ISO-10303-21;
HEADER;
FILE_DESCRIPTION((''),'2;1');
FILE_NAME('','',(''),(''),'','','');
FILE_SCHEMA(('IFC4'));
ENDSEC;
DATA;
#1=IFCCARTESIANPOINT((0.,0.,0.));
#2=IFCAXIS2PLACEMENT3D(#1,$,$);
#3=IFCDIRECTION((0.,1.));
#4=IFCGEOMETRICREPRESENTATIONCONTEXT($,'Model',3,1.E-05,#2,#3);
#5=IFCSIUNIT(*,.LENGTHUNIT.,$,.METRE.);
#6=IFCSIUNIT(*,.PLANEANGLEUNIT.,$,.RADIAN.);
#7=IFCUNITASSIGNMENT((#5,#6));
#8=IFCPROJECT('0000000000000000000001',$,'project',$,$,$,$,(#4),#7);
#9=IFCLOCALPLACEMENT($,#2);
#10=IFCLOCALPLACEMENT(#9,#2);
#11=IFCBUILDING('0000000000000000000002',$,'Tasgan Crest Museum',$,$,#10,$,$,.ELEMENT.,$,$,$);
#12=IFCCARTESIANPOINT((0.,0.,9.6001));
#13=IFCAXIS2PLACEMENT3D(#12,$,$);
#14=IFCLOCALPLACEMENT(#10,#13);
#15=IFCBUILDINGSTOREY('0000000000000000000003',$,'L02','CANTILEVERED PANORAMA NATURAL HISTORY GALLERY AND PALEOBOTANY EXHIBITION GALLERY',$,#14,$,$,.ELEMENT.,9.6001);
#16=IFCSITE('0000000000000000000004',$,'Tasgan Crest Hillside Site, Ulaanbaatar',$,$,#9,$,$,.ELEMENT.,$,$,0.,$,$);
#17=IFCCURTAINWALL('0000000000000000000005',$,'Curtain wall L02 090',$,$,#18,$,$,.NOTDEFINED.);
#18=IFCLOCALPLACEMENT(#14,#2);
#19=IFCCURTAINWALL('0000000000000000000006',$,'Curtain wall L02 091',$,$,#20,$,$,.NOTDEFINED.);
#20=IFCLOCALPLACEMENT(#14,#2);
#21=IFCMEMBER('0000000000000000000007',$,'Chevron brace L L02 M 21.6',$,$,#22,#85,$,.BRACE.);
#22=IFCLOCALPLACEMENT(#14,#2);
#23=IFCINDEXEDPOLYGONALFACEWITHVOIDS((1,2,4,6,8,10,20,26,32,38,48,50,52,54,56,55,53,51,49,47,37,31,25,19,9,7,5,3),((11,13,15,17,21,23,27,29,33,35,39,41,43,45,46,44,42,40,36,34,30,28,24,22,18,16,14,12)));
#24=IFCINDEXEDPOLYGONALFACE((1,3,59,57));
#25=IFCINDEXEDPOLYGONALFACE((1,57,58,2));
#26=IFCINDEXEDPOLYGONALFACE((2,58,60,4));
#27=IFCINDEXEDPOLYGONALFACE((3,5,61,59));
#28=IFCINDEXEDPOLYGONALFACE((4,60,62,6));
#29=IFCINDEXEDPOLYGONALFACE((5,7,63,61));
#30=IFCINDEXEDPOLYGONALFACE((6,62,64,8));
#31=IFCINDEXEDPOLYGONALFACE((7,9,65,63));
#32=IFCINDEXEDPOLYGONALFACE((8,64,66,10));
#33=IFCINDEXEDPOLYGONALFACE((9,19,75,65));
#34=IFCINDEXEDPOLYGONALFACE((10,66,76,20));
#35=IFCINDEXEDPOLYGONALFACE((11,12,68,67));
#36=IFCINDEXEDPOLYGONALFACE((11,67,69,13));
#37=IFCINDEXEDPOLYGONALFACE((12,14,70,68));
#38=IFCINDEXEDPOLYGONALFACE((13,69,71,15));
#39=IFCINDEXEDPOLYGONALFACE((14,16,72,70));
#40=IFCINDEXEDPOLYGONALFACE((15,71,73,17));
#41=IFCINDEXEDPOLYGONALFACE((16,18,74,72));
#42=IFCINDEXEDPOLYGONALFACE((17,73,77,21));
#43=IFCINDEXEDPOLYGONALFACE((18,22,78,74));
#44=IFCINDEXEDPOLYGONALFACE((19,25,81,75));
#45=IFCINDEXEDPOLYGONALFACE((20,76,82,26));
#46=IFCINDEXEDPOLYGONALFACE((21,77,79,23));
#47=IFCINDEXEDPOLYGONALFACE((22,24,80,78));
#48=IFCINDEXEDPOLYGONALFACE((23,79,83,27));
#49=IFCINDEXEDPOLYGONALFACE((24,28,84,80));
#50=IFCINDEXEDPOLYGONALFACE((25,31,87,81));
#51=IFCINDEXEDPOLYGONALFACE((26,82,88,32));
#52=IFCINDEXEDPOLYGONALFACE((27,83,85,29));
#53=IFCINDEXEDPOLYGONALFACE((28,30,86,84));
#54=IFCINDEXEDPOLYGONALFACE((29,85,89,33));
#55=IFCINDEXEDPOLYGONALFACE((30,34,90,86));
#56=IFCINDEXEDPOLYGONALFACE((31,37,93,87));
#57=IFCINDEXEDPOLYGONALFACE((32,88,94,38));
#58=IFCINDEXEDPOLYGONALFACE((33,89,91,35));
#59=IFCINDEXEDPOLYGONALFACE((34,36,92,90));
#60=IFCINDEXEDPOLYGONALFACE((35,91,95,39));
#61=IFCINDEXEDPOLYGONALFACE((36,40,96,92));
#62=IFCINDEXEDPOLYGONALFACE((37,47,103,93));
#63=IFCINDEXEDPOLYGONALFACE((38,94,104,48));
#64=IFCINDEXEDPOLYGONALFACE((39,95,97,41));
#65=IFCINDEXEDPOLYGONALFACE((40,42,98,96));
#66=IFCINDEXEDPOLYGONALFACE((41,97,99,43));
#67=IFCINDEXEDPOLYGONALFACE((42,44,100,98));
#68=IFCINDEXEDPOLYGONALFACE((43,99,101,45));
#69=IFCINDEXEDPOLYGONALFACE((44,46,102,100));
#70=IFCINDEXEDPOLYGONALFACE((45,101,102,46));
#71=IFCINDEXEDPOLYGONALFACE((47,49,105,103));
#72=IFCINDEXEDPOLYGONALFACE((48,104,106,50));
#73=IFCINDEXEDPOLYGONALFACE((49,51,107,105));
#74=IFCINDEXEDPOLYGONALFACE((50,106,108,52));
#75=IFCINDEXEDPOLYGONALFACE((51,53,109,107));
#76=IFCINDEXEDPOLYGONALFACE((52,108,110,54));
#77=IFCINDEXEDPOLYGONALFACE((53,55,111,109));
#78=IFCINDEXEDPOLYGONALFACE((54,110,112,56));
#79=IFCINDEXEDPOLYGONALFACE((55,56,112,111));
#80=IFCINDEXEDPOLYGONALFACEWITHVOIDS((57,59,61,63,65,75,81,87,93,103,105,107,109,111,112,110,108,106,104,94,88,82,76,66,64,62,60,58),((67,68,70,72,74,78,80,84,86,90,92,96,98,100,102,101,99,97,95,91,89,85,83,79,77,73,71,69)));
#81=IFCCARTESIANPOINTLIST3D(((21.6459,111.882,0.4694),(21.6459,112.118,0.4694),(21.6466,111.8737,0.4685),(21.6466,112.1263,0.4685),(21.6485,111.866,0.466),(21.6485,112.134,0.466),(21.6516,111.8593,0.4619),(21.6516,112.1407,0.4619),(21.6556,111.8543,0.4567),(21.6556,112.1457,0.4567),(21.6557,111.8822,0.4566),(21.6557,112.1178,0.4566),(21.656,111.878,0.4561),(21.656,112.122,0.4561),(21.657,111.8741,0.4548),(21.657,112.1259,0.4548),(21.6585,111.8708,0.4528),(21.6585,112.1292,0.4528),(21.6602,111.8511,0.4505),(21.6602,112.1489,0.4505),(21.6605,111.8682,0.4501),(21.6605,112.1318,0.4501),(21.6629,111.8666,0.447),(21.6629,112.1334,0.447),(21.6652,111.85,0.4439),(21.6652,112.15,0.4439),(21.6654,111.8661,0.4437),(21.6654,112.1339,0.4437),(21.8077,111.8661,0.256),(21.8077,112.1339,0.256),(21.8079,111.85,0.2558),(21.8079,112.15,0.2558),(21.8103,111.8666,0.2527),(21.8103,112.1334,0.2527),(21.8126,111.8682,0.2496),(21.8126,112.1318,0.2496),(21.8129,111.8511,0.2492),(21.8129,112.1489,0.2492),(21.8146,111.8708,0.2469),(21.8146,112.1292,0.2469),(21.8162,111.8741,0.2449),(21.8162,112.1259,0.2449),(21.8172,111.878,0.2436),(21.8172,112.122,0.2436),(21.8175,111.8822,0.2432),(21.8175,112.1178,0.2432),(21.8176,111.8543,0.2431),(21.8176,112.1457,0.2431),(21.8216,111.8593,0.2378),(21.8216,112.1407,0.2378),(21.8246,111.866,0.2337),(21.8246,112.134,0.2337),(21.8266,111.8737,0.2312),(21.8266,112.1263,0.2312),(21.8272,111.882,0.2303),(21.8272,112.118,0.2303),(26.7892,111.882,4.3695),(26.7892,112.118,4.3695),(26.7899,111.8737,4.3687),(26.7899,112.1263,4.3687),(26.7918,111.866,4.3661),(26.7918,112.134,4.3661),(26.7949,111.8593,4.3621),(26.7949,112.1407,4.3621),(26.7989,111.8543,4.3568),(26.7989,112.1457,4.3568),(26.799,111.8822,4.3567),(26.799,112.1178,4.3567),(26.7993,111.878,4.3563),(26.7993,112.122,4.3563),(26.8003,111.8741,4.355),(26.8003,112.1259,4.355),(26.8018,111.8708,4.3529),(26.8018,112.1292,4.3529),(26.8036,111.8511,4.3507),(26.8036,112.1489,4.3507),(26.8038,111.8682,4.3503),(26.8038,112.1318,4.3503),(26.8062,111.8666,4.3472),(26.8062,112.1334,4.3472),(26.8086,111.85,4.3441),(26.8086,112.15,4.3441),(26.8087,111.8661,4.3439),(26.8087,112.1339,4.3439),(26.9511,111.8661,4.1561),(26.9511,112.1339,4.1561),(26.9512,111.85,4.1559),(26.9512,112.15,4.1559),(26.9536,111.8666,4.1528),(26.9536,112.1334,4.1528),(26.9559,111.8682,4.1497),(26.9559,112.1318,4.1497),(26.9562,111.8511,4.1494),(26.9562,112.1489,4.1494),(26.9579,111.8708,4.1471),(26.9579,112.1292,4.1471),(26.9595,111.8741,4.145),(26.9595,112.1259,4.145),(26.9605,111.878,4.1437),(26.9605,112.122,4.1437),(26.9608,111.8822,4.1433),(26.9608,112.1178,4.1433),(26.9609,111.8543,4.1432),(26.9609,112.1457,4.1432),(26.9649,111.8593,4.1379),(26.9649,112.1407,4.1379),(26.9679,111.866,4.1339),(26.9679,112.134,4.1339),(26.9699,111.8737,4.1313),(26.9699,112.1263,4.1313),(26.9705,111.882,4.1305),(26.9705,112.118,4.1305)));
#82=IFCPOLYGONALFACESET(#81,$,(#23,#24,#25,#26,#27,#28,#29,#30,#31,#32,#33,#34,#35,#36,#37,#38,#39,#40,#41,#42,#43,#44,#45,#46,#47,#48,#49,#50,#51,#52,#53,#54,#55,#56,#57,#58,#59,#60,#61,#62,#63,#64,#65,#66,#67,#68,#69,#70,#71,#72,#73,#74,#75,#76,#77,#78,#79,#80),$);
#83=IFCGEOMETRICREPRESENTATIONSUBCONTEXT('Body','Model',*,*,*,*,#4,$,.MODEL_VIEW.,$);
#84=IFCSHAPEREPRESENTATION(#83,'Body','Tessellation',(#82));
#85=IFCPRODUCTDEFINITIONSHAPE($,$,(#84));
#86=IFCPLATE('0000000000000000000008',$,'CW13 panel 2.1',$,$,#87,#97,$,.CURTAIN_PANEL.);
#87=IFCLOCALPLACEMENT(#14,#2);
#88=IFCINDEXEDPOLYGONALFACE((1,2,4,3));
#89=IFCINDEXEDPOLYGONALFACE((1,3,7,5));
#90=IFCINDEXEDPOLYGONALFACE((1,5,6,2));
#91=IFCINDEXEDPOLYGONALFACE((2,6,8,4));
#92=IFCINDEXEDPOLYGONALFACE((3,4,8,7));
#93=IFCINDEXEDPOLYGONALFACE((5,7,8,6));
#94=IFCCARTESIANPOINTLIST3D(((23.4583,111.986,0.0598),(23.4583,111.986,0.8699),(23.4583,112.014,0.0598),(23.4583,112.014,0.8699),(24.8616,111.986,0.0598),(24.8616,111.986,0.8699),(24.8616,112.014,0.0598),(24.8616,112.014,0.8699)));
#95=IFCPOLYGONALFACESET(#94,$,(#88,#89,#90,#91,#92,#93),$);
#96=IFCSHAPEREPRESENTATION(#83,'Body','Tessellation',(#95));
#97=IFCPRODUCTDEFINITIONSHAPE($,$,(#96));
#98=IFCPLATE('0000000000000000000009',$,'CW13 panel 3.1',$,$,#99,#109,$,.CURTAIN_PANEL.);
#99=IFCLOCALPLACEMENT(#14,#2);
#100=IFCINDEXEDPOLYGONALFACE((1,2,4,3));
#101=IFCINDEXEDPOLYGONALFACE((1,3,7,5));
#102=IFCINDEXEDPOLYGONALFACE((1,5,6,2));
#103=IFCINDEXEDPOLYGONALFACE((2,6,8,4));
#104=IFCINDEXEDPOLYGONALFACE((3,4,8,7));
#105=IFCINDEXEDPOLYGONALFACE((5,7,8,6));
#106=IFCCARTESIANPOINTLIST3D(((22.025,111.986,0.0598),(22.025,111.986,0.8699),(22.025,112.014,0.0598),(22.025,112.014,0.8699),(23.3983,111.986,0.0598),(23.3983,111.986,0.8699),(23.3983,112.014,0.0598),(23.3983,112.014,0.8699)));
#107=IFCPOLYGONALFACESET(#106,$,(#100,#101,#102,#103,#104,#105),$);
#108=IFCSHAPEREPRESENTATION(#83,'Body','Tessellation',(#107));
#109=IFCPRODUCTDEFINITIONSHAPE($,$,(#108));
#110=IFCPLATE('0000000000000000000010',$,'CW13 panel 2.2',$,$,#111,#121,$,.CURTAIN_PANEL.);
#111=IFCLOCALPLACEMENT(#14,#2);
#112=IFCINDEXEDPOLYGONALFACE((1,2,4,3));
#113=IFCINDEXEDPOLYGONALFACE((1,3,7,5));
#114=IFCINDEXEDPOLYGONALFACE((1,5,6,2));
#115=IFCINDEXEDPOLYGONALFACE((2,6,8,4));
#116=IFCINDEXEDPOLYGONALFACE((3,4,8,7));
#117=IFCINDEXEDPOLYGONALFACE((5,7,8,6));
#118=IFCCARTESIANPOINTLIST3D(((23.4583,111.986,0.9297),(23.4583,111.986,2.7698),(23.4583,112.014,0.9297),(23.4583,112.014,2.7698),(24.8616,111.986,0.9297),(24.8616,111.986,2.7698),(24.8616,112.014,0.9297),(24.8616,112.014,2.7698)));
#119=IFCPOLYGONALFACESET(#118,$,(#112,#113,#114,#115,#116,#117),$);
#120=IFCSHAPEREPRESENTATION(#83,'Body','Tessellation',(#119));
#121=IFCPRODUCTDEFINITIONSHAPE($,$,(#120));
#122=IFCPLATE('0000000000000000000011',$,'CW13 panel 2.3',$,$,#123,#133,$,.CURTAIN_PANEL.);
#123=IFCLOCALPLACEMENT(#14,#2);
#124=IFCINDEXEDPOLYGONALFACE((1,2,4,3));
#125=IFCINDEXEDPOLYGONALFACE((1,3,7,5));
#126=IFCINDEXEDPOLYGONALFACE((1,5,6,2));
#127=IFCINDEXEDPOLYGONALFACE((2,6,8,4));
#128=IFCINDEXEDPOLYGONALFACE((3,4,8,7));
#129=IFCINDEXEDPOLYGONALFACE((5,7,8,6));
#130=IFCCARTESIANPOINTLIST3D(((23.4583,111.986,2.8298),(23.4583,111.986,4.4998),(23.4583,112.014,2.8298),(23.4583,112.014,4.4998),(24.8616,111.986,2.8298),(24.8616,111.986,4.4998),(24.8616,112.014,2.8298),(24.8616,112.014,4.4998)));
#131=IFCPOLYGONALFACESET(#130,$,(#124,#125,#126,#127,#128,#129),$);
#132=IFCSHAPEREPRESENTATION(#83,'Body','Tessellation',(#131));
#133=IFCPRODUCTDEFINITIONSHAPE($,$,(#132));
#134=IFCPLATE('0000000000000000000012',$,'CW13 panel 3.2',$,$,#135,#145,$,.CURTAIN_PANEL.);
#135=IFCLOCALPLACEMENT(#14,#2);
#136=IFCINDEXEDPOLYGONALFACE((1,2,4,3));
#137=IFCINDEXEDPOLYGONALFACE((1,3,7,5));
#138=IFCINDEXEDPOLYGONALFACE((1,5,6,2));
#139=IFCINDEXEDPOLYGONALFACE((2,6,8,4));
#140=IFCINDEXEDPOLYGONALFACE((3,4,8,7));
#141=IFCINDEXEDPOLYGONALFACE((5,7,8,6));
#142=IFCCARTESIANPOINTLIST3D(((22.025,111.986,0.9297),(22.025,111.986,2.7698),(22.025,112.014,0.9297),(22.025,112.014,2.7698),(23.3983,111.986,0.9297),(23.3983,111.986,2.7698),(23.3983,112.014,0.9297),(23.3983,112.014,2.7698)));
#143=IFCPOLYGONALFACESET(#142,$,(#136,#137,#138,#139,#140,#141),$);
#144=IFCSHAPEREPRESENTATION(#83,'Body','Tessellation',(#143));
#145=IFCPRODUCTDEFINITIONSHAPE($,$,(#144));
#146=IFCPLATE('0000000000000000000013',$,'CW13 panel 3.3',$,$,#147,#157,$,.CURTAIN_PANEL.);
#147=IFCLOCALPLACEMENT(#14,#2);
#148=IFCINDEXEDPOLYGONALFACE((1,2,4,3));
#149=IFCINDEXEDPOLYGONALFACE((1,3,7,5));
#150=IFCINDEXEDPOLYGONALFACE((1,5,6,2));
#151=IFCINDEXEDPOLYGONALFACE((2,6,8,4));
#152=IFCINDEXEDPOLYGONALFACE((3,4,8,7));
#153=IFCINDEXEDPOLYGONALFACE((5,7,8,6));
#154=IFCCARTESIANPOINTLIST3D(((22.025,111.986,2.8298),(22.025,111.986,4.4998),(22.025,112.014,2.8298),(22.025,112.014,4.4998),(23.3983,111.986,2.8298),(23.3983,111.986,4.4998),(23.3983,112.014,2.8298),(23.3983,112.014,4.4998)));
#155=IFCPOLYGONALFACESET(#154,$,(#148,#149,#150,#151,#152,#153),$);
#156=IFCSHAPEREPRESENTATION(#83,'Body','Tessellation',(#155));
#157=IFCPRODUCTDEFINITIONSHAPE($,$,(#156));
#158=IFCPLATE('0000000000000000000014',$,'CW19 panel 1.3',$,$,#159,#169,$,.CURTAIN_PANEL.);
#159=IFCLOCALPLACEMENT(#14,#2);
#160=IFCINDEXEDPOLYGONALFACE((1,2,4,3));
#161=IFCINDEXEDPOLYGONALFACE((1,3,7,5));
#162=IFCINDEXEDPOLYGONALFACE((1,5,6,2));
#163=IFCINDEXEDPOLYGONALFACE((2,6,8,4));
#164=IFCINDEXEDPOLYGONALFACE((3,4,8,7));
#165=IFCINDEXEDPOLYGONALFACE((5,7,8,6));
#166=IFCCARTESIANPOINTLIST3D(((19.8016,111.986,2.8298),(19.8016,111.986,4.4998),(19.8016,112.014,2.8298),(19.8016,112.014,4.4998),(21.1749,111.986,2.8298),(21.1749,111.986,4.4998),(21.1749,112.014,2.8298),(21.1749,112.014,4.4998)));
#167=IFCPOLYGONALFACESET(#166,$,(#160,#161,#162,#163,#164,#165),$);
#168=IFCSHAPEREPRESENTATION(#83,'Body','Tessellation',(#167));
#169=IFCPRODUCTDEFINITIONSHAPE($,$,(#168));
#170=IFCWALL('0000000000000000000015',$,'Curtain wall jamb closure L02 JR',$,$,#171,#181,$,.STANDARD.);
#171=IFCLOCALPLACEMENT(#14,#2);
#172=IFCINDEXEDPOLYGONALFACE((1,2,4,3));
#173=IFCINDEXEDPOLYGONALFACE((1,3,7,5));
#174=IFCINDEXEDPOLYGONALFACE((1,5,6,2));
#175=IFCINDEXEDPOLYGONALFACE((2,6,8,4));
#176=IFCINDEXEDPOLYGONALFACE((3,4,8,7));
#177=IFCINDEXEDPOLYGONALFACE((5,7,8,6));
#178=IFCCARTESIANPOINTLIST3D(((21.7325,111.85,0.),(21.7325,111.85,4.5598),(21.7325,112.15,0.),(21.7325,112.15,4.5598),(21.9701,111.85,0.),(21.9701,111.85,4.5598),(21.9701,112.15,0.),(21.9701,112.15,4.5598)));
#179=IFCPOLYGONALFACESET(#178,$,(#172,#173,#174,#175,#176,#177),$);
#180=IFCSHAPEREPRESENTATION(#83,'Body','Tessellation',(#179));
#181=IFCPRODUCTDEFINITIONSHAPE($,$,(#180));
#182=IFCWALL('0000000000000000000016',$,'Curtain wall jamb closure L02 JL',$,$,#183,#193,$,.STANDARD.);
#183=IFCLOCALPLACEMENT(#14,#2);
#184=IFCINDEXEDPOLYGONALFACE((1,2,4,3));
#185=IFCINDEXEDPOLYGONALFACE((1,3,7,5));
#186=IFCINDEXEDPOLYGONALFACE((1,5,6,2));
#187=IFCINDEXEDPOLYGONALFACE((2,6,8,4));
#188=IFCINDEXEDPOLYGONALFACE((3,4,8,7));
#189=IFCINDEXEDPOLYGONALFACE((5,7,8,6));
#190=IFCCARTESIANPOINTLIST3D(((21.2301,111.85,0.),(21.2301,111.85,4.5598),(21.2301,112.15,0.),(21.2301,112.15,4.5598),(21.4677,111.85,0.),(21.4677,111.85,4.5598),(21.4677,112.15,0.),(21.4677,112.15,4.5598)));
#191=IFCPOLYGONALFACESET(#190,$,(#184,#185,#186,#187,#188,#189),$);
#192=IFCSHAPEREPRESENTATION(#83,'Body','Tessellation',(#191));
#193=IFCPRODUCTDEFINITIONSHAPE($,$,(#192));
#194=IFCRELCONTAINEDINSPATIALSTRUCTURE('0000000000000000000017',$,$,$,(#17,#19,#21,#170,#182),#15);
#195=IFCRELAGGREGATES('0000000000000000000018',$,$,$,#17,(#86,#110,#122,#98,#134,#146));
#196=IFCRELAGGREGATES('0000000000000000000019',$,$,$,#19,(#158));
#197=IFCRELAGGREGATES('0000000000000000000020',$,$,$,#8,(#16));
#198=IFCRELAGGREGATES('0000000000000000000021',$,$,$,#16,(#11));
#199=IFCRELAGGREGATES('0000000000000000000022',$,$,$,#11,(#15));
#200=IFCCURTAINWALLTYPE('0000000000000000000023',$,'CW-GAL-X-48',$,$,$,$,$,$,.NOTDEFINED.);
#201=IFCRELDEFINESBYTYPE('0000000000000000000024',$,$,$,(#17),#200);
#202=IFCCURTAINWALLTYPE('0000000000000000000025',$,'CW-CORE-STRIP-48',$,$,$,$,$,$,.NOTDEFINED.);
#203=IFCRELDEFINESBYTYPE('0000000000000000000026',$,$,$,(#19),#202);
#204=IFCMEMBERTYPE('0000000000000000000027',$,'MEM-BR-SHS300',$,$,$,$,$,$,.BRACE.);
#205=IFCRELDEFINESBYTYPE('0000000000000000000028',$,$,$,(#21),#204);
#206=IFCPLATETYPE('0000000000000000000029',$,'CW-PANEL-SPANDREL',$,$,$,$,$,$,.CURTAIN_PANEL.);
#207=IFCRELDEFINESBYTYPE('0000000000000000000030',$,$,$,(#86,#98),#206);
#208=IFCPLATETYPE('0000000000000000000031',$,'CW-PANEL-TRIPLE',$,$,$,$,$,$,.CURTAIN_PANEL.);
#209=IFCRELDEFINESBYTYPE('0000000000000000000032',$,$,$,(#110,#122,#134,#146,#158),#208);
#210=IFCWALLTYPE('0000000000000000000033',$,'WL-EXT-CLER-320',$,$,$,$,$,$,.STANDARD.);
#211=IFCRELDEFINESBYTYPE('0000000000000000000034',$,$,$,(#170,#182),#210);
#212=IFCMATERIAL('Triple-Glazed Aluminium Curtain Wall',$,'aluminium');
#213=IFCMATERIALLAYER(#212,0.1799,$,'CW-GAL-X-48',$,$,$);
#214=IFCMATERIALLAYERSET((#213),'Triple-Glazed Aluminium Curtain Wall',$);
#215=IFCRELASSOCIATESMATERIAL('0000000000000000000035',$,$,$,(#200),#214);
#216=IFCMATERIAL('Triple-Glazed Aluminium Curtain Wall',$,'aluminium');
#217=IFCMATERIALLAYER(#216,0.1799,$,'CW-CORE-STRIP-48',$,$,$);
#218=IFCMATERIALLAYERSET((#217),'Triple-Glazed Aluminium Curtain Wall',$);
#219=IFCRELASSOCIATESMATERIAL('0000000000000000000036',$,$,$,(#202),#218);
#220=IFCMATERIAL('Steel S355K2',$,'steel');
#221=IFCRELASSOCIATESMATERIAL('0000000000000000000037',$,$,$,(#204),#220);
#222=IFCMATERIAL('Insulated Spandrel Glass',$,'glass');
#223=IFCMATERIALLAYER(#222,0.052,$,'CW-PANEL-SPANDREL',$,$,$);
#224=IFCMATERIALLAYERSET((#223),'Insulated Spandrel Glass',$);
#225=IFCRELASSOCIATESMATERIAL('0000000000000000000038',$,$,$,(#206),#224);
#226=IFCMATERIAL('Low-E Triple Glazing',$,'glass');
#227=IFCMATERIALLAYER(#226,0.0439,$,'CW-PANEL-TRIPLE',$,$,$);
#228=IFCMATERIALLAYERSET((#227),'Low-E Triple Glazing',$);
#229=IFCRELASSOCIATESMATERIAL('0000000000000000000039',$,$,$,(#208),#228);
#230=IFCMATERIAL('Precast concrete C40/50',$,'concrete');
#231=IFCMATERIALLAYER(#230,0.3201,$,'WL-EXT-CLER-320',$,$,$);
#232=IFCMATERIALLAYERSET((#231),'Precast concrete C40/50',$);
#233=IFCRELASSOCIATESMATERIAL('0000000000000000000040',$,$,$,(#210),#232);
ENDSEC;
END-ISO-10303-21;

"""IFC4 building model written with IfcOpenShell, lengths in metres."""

from ifc_helpers import new_model, si_unit, direction, frame, frame_2d, origin, origin_2d, place, context, subcontext, project, spatial, rectangle, hollow_rectangle, extrude, material, layer, layer_set, material_profile, profile_set, type_object, element, aggregate, save


model = new_model("IFC4")

# Units and contexts
model_context = context("Model", 3, precision=1e-05, world=origin(), true_north=direction((0.0, 1.0)))
body_context = subcontext(model_context, "Body", "Model", "MODEL_VIEW")
ifc_project = project(units=[si_unit("LENGTHUNIT", "METRE"), si_unit("PLANEANGLEUNIT", "RADIAN")], contexts=[model_context])

# Site, building, storey
site_placement = place(None, origin())
site = spatial("IfcSite", under=ifc_project, at=site_placement, Name="Tasgan Crest Hillside Site, Ulaanbaatar", CompositionType="ELEMENT", RefElevation=0.0)
building_placement = place(site_placement, origin())
building = spatial("IfcBuilding", under=site, at=building_placement, Name="Tasgan Crest Museum", CompositionType="ELEMENT")
storey_placement = place(building_placement, frame((0.0, 0.0, 9.6001)))
storey = spatial("IfcBuildingStorey", under=building, at=storey_placement, Name="L02", Description="CANTILEVERED PANORAMA NATURAL HISTORY GALLERY AND PALEOBOTANY EXHIBITION GALLERY", CompositionType="ELEMENT", Elevation=9.6001)

# Curtain wall
ifc_material_1 = material(Name="Triple-Glazed Aluminium Curtain Wall", Category="aluminium")
ifc_layer_1 = layer(ifc_material_1, 0.1799, Name="CW-GAL-X-48")
ifc_layer_set_1 = layer_set([ifc_layer_1], Name="Triple-Glazed Aluminium Curtain Wall")
curtain_wall_type_1 = type_object("IfcCurtainWallType", Name="CW-GAL-X-48", PredefinedType="NOTDEFINED", material=ifc_layer_set_1)
curtain_wall_1_placement = place(storey_placement, origin())
curtain_wall_1 = element("IfcCurtainWall", 1, at=curtain_wall_1_placement, inside=storey, type_object=curtain_wall_type_1, Name="Curtain wall L02 090", PredefinedType="NOTDEFINED")

# Curtain wall
ifc_material_2 = material(Name="Triple-Glazed Aluminium Curtain Wall", Category="aluminium")
ifc_layer_2 = layer(ifc_material_2, 0.1799, Name="CW-CORE-STRIP-48")
ifc_layer_set_2 = layer_set([ifc_layer_2], Name="Triple-Glazed Aluminium Curtain Wall")
curtain_wall_type_2 = type_object("IfcCurtainWallType", Name="CW-CORE-STRIP-48", PredefinedType="NOTDEFINED", material=ifc_layer_set_2)
curtain_wall_2_placement = place(storey_placement, origin())
curtain_wall_2 = element("IfcCurtainWall", 2, at=curtain_wall_2_placement, inside=storey, type_object=curtain_wall_type_2, Name="Curtain wall L02 091", PredefinedType="NOTDEFINED")

# Member
ifc_material_3 = material(Name="Steel S355K2", Category="steel")
ifc_material_profile_1 = material_profile(ifc_material_3, hollow_rectangle(XDim=0.3, YDim=0.3, WallThickness=0.0161, InnerFilletRadius=0.0161, OuterFilletRadius=0.032, at=origin_2d()), Name="SHS 300x300x16")
ifc_profile_set_1 = profile_set([ifc_material_profile_1], Name="Steel S355K2")
member_type_1 = type_object("IfcMemberType", Name="MEM-BR-SHS300", PredefinedType="BRACE", material=ifc_profile_set_1)
member_1_placement = place(storey_placement, frame((21.7366, 112.0, 0.3499), z_axis=(0.796816, 0.0, 0.604222), x_axis=(0.0, 1.0, 0.0)))
element("IfcMember", 3, at=member_1_placement, inside=storey, type_object=member_type_1, Name="Chevron brace L L02 M 21.6", PredefinedType="BRACE", context=body_context, shape_type="SweptSolid", body=[
    extrude(hollow_rectangle(XDim=0.3, YDim=0.3, WallThickness=0.0161, InnerFilletRadius=0.0161, OuterFilletRadius=0.032, at=origin_2d()), origin(), (0.0, 0.0, 1.0), 6.4548),
])

# Plates
ifc_material_4 = material(Name="Insulated Spandrel Glass", Category="glass")
ifc_layer_3 = layer(ifc_material_4, 0.052, Name="CW-PANEL-SPANDREL")
ifc_layer_set_3 = layer_set([ifc_layer_3], Name="Insulated Spandrel Glass")
plate_type_1 = type_object("IfcPlateType", Name="CW-PANEL-SPANDREL", PredefinedType="CURTAIN_PANEL", material=ifc_layer_set_3)
plate_1_placement = place(storey_placement, frame((24.1599, 112.0, 0.0598), z_axis=(0.0, 0.0, 1.0), x_axis=(-1.0, 0.0, 0.0)))
plate_1 = element("IfcPlate", 4, at=plate_1_placement, type_object=plate_type_1, Name="CW13 panel 2.1", PredefinedType="CURTAIN_PANEL", context=body_context, shape_type="SweptSolid", body=[
    extrude(rectangle(XDim=1.4033, YDim=0.0281, at=origin_2d()), origin(), (0.0, 0.0, 1.0), 0.8101),
])
plate_2_placement = place(storey_placement, frame((22.7117, 112.0, 0.0598), z_axis=(0.0, 0.0, 1.0), x_axis=(-1.0, 0.0, 0.0)))
plate_2 = element("IfcPlate", 5, at=plate_2_placement, type_object=plate_type_1, Name="CW13 panel 3.1", PredefinedType="CURTAIN_PANEL", context=body_context, shape_type="SweptSolid", body=[
    extrude(rectangle(XDim=1.3733, YDim=0.0281, at=origin_2d()), origin(), (0.0, 0.0, 1.0), 0.8101),
])
ifc_material_5 = material(Name="Low-E Triple Glazing", Category="glass")
ifc_layer_4 = layer(ifc_material_5, 0.0439, Name="CW-PANEL-TRIPLE")
ifc_layer_set_4 = layer_set([ifc_layer_4], Name="Low-E Triple Glazing")
plate_type_2 = type_object("IfcPlateType", Name="CW-PANEL-TRIPLE", PredefinedType="CURTAIN_PANEL", material=ifc_layer_set_4)
plate_3_placement = place(storey_placement, frame((24.1599, 112.0, 0.9297), z_axis=(0.0, 0.0, 1.0), x_axis=(-1.0, 0.0, 0.0)))
plate_3 = element("IfcPlate", 6, at=plate_3_placement, type_object=plate_type_2, Name="CW13 panel 2.2", PredefinedType="CURTAIN_PANEL", context=body_context, shape_type="SweptSolid", body=[
    extrude(rectangle(XDim=1.4033, YDim=0.0281, at=origin_2d()), origin(), (0.0, 0.0, 1.0), 1.8401),
])
plate_4_placement = place(storey_placement, frame((24.1599, 112.0, 2.8298), z_axis=(0.0, 0.0, 1.0), x_axis=(-1.0, 0.0, 0.0)))
plate_4 = element("IfcPlate", 7, at=plate_4_placement, type_object=plate_type_2, Name="CW13 panel 2.3", PredefinedType="CURTAIN_PANEL", context=body_context, shape_type="SweptSolid", body=[
    extrude(rectangle(XDim=1.4033, YDim=0.0281, at=origin_2d()), origin(), (0.0, 0.0, 1.0), 1.6699),
])
plate_5_placement = place(storey_placement, frame((22.7117, 112.0, 0.9297), z_axis=(0.0, 0.0, 1.0), x_axis=(-1.0, 0.0, 0.0)))
plate_5 = element("IfcPlate", 8, at=plate_5_placement, type_object=plate_type_2, Name="CW13 panel 3.2", PredefinedType="CURTAIN_PANEL", context=body_context, shape_type="SweptSolid", body=[
    extrude(rectangle(XDim=1.3733, YDim=0.0281, at=origin_2d()), origin(), (0.0, 0.0, 1.0), 1.8401),
])
plate_6_placement = place(storey_placement, frame((22.7117, 112.0, 2.8298), z_axis=(0.0, 0.0, 1.0), x_axis=(-1.0, 0.0, 0.0)))
plate_6 = element("IfcPlate", 9, at=plate_6_placement, type_object=plate_type_2, Name="CW13 panel 3.3", PredefinedType="CURTAIN_PANEL", context=body_context, shape_type="SweptSolid", body=[
    extrude(rectangle(XDim=1.3733, YDim=0.0281, at=origin_2d()), origin(), (0.0, 0.0, 1.0), 1.6699),
])
aggregate(curtain_wall_1, [plate_1, plate_3, plate_4, plate_2, plate_5, plate_6])
plate_7_placement = place(storey_placement, frame((20.4883, 112.0, 2.8298), z_axis=(0.0, 0.0, 1.0), x_axis=(-1.0, 0.0, 0.0)))
plate_7 = element("IfcPlate", 10, at=plate_7_placement, type_object=plate_type_2, Name="CW19 panel 1.3", PredefinedType="CURTAIN_PANEL", context=body_context, shape_type="SweptSolid", body=[
    extrude(rectangle(XDim=1.3733, YDim=0.0281, at=origin_2d()), origin(), (0.0, 0.0, 1.0), 1.6699),
])
aggregate(curtain_wall_2, [plate_7])

# Walls
ifc_material_6 = material(Name="Precast concrete C40/50", Category="concrete")
ifc_layer_5 = layer(ifc_material_6, 0.3201, Name="WL-EXT-CLER-320")
ifc_layer_set_5 = layer_set([ifc_layer_5], Name="Precast concrete C40/50")
wall_type_1 = type_object("IfcWallType", Name="WL-EXT-CLER-320", PredefinedType="STANDARD", material=ifc_layer_set_5)
for number, where, z_axis, x_axis, name in (
    (11, (21.97, 112.0, 0.0), (0.0, 0.0, 1.0), (-1.0, 0.0, 0.0), "Curtain wall jamb closure L02 JR"),
    (12, (21.4675, 112.0, 0.0), (0.0, 0.0, 1.0), (-1.0, 0.0, 0.0), "Curtain wall jamb closure L02 JL"),
):
    element("IfcWall", number, at=place(storey_placement, frame(where, z_axis=z_axis, x_axis=x_axis)), inside=storey, type_object=wall_type_1, Name=name, PredefinedType="STANDARD", context=body_context, shape_type="SweptSolid", body=[
        extrude(rectangle(XDim=0.2375, YDim=0.3, at=frame_2d((0.1187, 0.0))), origin(), (0.0, 0.0, 1.0), 4.5598),
    ])

save(model, "model.ifc")
